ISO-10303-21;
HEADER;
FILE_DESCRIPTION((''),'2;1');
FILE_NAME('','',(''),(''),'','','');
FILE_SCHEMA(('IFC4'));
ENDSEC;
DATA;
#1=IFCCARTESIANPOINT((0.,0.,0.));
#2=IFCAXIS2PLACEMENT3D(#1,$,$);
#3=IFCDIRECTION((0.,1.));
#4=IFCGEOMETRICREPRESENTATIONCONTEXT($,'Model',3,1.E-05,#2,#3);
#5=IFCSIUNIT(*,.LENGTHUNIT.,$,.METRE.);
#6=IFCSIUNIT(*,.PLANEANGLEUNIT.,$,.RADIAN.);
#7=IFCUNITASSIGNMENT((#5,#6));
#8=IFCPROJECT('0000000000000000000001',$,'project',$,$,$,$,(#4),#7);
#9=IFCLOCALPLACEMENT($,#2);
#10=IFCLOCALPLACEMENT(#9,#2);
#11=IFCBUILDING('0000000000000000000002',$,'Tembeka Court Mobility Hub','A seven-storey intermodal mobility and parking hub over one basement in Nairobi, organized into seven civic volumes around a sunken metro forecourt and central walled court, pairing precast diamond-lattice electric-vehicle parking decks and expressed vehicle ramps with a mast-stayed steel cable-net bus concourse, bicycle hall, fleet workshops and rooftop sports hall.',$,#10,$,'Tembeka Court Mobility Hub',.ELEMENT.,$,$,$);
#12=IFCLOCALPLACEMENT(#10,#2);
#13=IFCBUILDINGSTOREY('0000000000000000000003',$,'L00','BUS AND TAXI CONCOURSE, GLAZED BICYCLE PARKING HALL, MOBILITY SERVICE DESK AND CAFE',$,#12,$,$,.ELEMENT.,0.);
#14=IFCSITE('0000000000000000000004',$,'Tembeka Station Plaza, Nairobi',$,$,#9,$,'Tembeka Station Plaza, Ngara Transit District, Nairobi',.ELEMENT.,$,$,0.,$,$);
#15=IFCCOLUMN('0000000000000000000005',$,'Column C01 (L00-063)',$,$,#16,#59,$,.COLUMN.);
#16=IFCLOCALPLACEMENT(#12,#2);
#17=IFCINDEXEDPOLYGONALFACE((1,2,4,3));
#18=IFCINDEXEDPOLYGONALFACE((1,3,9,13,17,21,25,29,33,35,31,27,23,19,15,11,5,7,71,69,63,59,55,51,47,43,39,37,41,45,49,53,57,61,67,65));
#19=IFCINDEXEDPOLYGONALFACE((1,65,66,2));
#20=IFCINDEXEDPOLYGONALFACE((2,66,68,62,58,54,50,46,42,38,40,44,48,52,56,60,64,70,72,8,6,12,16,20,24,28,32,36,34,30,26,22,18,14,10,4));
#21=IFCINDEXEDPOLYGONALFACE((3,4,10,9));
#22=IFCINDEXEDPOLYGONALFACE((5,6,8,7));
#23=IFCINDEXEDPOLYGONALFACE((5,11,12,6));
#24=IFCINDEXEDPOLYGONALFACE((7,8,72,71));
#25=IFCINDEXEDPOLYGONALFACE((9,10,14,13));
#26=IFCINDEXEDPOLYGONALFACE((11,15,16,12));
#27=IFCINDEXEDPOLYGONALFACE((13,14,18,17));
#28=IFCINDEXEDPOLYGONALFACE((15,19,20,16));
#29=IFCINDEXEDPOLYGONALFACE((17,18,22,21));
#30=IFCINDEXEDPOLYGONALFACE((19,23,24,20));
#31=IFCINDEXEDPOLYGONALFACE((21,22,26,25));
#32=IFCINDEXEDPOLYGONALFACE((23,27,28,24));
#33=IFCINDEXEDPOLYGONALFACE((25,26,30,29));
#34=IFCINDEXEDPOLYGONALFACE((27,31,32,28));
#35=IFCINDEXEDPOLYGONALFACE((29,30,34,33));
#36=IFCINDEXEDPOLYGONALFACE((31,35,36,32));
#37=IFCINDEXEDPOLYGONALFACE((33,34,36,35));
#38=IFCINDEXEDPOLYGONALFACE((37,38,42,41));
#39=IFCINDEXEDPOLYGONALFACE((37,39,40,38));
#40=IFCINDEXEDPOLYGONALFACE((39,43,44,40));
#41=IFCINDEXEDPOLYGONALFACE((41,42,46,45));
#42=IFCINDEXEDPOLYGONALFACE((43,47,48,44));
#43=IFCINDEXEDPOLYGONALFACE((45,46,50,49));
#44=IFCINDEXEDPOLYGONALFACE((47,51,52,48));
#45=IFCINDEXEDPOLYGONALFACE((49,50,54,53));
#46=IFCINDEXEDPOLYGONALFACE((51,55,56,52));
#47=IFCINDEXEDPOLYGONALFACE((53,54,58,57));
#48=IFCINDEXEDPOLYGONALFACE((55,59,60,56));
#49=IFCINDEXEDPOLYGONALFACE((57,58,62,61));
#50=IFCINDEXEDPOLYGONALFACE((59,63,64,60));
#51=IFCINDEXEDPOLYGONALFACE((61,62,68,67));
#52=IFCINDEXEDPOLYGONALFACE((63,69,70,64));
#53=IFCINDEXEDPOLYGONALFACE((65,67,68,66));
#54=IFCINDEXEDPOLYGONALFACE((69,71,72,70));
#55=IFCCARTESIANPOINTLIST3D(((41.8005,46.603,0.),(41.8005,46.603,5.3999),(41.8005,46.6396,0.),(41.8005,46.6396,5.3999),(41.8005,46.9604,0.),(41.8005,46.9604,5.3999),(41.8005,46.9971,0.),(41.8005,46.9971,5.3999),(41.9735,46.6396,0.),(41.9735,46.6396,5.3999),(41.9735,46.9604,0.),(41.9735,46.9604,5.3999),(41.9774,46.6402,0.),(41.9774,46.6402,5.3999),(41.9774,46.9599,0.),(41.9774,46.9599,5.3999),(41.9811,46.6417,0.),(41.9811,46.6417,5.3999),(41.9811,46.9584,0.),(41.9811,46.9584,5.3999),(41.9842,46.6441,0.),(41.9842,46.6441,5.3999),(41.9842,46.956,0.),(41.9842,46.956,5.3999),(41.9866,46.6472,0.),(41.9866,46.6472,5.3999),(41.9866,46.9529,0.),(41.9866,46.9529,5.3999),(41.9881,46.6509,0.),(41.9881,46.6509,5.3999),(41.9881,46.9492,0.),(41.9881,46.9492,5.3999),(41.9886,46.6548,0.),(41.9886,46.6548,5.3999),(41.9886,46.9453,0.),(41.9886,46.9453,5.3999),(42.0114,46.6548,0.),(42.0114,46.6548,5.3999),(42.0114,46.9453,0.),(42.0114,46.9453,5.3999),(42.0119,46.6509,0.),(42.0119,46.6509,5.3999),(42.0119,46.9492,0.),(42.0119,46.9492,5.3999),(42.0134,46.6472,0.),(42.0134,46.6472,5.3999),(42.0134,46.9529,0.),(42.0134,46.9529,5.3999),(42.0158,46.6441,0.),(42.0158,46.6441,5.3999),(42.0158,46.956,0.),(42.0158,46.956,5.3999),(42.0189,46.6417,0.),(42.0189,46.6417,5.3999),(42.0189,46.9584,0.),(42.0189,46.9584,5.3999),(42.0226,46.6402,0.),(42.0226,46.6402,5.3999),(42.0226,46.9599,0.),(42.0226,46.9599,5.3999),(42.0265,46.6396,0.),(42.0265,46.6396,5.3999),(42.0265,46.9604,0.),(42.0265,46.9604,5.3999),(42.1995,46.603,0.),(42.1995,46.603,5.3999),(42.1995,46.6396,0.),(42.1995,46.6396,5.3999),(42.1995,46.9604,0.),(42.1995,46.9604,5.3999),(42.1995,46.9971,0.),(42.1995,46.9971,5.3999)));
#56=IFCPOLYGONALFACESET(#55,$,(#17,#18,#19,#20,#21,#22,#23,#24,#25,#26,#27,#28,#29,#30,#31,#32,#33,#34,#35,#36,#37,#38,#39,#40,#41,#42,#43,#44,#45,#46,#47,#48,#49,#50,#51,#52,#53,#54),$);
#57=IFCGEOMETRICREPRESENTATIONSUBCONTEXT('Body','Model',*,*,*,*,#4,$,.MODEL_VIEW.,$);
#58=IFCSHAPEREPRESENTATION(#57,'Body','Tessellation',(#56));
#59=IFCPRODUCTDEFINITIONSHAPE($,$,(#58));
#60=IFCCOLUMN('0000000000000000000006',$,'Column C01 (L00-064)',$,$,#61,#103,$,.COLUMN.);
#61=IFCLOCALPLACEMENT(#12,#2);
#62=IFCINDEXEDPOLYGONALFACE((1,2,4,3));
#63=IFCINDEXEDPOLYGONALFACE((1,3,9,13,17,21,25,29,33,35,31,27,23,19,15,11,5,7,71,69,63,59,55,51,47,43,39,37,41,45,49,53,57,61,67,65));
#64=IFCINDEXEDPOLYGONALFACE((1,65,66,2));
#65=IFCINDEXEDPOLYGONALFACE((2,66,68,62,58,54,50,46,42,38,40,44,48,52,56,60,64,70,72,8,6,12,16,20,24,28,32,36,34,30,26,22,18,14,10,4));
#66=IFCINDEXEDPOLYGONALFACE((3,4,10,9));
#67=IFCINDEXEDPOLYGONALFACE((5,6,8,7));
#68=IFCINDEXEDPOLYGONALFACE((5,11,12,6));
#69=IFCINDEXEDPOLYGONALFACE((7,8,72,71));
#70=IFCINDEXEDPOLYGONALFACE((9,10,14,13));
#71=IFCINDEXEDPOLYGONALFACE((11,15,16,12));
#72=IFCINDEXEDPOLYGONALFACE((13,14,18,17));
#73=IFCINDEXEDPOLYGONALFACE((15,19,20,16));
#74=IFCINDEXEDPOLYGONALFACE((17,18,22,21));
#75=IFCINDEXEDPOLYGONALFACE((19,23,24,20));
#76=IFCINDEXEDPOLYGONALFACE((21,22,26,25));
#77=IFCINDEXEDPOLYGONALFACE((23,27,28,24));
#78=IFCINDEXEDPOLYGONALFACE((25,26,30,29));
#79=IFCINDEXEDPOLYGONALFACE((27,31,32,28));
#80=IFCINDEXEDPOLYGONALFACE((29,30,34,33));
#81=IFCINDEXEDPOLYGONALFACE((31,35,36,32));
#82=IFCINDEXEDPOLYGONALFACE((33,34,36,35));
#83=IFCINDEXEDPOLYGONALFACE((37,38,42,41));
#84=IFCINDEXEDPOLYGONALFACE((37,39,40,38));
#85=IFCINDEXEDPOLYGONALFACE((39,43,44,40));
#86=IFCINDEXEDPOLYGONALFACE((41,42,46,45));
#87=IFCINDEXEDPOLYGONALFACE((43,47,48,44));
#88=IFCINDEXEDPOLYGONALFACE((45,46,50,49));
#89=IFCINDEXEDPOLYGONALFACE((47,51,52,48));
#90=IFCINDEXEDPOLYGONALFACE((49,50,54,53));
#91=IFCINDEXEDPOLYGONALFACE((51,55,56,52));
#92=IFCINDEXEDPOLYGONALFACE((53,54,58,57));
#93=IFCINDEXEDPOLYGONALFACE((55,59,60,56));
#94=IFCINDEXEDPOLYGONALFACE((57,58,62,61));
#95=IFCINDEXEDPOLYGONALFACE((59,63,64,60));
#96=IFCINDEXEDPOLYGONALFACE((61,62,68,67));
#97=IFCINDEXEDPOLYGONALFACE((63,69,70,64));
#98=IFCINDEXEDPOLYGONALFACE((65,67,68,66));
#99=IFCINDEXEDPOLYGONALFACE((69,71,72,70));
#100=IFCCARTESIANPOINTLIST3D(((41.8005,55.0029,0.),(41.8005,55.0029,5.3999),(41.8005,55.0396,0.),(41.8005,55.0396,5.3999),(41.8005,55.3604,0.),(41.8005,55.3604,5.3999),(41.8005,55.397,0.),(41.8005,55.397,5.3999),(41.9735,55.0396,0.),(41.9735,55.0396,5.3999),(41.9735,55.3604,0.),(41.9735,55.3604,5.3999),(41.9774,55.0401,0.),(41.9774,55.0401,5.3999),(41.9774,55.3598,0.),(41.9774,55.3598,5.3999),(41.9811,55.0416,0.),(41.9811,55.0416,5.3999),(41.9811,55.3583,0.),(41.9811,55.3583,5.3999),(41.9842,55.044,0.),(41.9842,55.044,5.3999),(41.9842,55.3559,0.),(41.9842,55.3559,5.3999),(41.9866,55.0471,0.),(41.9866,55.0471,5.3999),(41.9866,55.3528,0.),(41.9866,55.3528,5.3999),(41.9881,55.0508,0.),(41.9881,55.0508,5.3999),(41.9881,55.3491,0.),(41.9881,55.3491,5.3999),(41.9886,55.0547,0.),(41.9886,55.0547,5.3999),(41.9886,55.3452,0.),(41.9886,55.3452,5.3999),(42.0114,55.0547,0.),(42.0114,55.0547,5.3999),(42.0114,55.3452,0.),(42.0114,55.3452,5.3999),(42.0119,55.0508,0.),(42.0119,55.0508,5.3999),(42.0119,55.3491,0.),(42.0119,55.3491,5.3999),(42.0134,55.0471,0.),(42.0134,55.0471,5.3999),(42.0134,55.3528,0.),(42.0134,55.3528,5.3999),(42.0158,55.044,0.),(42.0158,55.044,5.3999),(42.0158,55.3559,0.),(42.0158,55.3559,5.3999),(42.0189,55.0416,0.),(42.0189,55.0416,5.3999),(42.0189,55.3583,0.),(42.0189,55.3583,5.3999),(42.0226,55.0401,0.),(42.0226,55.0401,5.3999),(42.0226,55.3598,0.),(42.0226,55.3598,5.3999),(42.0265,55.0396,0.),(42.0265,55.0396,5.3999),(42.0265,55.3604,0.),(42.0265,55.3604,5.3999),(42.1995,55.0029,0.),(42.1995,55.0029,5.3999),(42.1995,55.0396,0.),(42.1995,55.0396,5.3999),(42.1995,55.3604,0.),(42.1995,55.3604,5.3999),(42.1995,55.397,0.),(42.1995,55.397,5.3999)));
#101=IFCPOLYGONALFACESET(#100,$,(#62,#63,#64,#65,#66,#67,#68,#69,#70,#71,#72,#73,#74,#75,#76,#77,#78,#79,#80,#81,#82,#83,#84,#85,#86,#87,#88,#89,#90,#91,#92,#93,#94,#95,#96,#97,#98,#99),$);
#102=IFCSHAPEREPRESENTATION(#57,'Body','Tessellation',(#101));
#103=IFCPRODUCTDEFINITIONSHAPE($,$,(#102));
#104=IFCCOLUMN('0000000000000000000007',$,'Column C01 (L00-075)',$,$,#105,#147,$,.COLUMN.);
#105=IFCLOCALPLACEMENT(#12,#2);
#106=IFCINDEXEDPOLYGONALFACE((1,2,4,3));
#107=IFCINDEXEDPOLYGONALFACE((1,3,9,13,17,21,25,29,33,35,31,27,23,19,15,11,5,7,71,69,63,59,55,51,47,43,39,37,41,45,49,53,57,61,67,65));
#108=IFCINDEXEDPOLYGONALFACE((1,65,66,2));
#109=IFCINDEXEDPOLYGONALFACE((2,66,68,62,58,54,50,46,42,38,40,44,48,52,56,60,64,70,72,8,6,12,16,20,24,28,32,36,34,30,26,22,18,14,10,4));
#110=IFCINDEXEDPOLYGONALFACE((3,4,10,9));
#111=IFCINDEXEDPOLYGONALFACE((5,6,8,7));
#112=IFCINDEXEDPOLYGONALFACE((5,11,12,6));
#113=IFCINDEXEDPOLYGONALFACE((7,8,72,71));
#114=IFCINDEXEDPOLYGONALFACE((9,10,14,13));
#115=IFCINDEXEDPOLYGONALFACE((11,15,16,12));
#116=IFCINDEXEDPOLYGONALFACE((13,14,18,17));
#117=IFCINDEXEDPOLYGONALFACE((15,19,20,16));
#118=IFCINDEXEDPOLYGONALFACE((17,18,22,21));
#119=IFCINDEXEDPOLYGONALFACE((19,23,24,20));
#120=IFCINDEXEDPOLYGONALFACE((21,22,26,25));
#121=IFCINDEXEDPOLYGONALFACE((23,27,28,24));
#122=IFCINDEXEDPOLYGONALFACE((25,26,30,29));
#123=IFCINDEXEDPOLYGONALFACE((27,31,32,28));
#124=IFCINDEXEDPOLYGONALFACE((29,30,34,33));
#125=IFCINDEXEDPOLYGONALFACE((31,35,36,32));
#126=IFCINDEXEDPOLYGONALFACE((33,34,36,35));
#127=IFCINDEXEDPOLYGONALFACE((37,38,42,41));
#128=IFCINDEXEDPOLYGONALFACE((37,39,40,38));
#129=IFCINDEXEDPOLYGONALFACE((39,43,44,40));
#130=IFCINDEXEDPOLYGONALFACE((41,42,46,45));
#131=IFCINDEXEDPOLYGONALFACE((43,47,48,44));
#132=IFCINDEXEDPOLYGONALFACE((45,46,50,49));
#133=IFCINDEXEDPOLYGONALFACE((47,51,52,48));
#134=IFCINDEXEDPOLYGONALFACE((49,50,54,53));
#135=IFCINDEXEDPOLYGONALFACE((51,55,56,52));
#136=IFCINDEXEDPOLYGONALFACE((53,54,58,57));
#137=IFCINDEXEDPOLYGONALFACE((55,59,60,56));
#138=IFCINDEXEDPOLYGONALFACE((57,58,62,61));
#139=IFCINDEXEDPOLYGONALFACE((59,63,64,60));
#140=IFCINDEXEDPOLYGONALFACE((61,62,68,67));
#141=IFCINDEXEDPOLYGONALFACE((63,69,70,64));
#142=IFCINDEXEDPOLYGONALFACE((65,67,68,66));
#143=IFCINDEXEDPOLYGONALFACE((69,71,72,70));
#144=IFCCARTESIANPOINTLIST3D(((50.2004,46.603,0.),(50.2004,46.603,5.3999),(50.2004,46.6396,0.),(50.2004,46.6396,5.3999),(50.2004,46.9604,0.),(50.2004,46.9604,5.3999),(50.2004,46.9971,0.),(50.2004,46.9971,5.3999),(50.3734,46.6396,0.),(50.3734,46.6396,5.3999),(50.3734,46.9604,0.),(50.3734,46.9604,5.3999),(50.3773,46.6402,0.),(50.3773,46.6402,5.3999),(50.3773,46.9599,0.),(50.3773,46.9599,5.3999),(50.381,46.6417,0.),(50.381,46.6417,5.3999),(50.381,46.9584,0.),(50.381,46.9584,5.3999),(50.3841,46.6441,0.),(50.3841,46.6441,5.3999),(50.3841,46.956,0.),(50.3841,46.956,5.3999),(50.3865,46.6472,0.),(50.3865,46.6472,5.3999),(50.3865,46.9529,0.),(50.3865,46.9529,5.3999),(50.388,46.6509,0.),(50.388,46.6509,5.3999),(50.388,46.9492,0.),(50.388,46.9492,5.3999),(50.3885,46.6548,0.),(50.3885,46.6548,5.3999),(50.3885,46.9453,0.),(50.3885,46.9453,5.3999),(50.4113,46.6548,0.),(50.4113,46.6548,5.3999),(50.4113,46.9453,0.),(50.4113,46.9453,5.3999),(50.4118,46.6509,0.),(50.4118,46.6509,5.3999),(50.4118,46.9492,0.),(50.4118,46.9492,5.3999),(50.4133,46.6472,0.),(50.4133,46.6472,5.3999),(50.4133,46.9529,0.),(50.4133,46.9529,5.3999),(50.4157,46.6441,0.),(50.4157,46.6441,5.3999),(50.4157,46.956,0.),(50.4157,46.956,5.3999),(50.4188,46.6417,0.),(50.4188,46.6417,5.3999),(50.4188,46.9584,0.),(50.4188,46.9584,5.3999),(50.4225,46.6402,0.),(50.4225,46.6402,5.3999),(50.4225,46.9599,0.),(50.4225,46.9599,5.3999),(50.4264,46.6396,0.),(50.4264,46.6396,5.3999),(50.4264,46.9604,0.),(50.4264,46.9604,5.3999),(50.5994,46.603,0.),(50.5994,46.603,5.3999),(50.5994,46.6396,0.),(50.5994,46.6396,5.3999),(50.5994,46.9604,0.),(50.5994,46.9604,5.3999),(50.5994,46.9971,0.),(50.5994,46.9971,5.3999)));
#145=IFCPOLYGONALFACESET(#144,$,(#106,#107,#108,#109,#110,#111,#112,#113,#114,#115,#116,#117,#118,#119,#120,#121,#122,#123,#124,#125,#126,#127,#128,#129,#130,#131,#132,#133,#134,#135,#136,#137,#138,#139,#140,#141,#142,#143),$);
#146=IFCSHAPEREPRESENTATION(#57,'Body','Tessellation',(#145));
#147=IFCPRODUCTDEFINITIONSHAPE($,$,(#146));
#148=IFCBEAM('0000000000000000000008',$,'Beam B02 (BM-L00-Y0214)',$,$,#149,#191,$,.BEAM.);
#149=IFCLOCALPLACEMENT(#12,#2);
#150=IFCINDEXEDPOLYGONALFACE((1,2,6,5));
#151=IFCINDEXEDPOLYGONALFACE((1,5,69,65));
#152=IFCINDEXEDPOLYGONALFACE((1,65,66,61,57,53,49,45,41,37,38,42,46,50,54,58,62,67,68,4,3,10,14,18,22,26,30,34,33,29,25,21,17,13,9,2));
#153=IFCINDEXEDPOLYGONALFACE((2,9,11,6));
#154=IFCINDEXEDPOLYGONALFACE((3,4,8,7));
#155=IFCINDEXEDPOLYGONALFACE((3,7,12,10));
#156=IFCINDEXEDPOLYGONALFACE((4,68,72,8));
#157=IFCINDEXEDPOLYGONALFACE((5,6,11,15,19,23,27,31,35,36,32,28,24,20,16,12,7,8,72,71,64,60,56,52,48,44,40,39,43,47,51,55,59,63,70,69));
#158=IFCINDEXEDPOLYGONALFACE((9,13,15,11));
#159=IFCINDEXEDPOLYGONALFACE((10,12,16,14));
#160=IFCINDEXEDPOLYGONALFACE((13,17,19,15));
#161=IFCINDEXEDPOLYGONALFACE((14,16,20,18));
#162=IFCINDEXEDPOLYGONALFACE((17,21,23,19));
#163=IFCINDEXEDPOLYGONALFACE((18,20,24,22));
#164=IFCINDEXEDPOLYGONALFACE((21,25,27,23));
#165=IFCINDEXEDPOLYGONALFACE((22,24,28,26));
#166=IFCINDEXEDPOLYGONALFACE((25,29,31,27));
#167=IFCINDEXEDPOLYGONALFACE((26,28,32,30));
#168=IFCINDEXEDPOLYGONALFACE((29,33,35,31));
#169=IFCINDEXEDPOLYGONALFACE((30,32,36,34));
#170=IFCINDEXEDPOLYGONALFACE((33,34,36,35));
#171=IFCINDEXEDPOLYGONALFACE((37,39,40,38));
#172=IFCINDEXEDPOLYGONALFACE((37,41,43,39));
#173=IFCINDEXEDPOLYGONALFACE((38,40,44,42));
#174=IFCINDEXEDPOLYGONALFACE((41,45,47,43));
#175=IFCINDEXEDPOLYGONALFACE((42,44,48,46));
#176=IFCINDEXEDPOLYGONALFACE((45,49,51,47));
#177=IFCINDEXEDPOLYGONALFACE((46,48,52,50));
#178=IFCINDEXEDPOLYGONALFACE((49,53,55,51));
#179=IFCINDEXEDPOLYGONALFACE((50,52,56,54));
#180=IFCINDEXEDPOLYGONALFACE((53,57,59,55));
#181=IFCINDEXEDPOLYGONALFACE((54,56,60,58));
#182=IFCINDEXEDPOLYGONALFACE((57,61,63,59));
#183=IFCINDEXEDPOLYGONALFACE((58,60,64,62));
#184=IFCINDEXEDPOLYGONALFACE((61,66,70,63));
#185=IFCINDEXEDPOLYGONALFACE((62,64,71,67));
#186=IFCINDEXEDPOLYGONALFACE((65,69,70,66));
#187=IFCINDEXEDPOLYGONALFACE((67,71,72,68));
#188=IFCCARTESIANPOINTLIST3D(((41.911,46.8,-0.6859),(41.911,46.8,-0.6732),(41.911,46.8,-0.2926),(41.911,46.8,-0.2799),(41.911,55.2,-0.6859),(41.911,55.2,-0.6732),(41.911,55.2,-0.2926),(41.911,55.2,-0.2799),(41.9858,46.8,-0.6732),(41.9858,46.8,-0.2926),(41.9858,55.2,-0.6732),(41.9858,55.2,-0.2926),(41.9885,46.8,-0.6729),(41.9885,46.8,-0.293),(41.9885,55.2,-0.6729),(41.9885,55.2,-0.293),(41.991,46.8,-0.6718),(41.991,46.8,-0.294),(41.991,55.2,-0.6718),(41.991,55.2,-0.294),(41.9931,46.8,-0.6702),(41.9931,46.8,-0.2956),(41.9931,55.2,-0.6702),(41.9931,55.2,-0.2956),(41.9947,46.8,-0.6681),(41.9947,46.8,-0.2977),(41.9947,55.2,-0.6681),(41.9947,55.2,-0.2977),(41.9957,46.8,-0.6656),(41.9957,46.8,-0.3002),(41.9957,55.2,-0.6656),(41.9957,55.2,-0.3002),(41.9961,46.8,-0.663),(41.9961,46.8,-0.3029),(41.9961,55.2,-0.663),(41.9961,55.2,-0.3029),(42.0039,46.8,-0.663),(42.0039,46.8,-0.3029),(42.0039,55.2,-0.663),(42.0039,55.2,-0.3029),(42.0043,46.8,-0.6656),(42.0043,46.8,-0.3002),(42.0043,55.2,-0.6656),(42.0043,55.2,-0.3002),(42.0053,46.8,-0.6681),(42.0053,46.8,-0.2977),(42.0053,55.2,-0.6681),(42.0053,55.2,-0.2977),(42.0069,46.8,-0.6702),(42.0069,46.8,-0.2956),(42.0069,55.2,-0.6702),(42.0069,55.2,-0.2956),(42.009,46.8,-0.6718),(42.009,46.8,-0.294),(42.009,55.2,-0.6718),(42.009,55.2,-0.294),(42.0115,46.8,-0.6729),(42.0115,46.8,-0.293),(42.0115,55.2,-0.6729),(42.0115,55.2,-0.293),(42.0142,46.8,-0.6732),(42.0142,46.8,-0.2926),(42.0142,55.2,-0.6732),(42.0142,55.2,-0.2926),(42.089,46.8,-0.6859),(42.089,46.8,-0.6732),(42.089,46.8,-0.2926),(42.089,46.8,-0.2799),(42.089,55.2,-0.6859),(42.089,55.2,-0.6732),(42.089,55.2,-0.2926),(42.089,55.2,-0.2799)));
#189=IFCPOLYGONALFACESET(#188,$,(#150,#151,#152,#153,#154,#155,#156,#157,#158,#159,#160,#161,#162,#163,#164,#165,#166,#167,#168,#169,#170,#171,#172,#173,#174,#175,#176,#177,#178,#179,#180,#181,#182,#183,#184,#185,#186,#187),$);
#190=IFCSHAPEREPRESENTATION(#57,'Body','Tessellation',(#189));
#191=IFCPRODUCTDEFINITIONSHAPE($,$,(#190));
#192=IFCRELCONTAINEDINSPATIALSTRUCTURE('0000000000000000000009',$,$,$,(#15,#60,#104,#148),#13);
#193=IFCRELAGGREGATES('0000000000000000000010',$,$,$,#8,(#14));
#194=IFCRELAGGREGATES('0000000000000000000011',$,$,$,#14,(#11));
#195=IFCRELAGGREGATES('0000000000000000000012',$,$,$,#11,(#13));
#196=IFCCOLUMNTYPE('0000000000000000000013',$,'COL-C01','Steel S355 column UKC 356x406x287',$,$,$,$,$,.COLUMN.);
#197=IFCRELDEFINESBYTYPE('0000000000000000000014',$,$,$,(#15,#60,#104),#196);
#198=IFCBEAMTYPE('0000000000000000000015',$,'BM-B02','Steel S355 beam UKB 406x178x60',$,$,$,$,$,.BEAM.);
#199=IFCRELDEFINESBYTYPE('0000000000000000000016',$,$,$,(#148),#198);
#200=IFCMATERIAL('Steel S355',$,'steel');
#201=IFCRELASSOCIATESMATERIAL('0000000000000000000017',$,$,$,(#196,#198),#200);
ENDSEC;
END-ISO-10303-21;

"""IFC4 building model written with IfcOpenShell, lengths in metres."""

from ifc_helpers import new_model, si_unit, direction, frame, origin, origin_2d, place, context, subcontext, project, spatial, i_section, extrude, material, material_profile, profile_set, type_object, element, save


model = new_model("IFC4")

# Units and contexts
model_context = context("Model", 3, precision=1e-05, world=origin(), true_north=direction((0.0, 1.0)))
body_context = subcontext(model_context, "Body", "Model", "MODEL_VIEW")
ifc_project = project(units=[si_unit("LENGTHUNIT", "METRE"), si_unit("PLANEANGLEUNIT", "RADIAN")], contexts=[model_context])

# Site, building, storey
site_placement = place(None, origin())
site = spatial("IfcSite", under=ifc_project, at=site_placement, Name="Tembeka Station Plaza, Nairobi", LongName="Tembeka Station Plaza, Ngara Transit District, Nairobi", CompositionType="ELEMENT", RefElevation=0.0)
building_placement = place(site_placement, origin())
building = spatial("IfcBuilding", under=site, at=building_placement, Name="Tembeka Court Mobility Hub", Description="A seven-storey intermodal mobility and parking hub over one basement in Nairobi, organized into seven civic volumes around a sunken metro forecourt and central walled court, pairing precast diamond-lattice electric-vehicle parking decks and expressed vehicle ramps with a mast-stayed steel cable-net bus concourse, bicycle hall, fleet workshops and rooftop sports hall.", LongName="Tembeka Court Mobility Hub", CompositionType="ELEMENT")
storey_placement = place(building_placement, origin())
storey = spatial("IfcBuildingStorey", under=building, at=storey_placement, Name="L00", Description="BUS AND TAXI CONCOURSE, GLAZED BICYCLE PARKING HALL, MOBILITY SERVICE DESK AND CAFE", CompositionType="ELEMENT", Elevation=0.0)

# Columns
ifc_material_1 = material(Name="Steel S355", Category="steel")
ifc_material_profile_1 = material_profile(ifc_material_1, i_section(OverallWidth=0.3989, OverallDepth=0.394, WebThickness=0.0227, FlangeThickness=0.0366, FilletRadius=0.0151, at=origin_2d()), Name="UKC 356x406x287")
ifc_profile_set_1 = profile_set([ifc_material_profile_1], Name="Steel S355")
column_type = type_object("IfcColumnType", Name="COL-C01", Description="Steel S355 column UKC 356x406x287", PredefinedType="COLUMN", material=ifc_profile_set_1)
for number, where, z_axis, x_axis, name in (
    (1, (42.0, 46.8, 0.0), (0.0, 0.0, 1.0), (1.0, 0.0, 0.0), "Column C01 (L00-063)"),
    (2, (42.0, 55.2, 0.0), (0.0, 0.0, 1.0), (1.0, 0.0, 0.0), "Column C01 (L00-064)"),
    (3, (50.3999, 46.8, 0.0), (0.0, 0.0, 1.0), (1.0, 0.0, 0.0), "Column C01 (L00-075)"),
):
    element("IfcColumn", number, at=place(storey_placement, frame(where, z_axis=z_axis, x_axis=x_axis)), inside=storey, type_object=column_type, Name=name, PredefinedType="COLUMN", context=body_context, shape_type="SweptSolid", body=[
        extrude(i_section(OverallWidth=0.3989, OverallDepth=0.394, WebThickness=0.0227, FlangeThickness=0.0366, FilletRadius=0.0151, at=origin_2d()), origin(), (0.0, 0.0, 1.0), 5.3999),
    ])

# Beam
ifc_material_profile_2 = material_profile(ifc_material_1, i_section(OverallWidth=0.178, OverallDepth=0.406, WebThickness=0.0078, FlangeThickness=0.0127, FilletRadius=0.0103, at=origin_2d()), Name="UKB 406x178x60")
ifc_profile_set_2 = profile_set([ifc_material_profile_2], Name="Steel S355")
beam_type_1 = type_object("IfcBeamType", Name="BM-B02", Description="Steel S355 beam UKB 406x178x60", PredefinedType="BEAM", material=ifc_profile_set_2)
beam_1_placement = place(storey_placement, frame((42.0, 46.8, -0.4829), z_axis=(0.0, 1.0, 0.0), x_axis=(-1.0, 0.0, 0.0)))
element("IfcBeam", 4, at=beam_1_placement, inside=storey, type_object=beam_type_1, Name="Beam B02 (BM-L00-Y0214)", PredefinedType="BEAM", context=body_context, shape_type="SweptSolid", body=[
    extrude(i_section(OverallWidth=0.178, OverallDepth=0.406, WebThickness=0.0078, FlangeThickness=0.0127, FilletRadius=0.0103, at=origin_2d()), origin(), (0.0, 0.0, 1.0), 8.3999),
])

save(model, "model.ifc")
